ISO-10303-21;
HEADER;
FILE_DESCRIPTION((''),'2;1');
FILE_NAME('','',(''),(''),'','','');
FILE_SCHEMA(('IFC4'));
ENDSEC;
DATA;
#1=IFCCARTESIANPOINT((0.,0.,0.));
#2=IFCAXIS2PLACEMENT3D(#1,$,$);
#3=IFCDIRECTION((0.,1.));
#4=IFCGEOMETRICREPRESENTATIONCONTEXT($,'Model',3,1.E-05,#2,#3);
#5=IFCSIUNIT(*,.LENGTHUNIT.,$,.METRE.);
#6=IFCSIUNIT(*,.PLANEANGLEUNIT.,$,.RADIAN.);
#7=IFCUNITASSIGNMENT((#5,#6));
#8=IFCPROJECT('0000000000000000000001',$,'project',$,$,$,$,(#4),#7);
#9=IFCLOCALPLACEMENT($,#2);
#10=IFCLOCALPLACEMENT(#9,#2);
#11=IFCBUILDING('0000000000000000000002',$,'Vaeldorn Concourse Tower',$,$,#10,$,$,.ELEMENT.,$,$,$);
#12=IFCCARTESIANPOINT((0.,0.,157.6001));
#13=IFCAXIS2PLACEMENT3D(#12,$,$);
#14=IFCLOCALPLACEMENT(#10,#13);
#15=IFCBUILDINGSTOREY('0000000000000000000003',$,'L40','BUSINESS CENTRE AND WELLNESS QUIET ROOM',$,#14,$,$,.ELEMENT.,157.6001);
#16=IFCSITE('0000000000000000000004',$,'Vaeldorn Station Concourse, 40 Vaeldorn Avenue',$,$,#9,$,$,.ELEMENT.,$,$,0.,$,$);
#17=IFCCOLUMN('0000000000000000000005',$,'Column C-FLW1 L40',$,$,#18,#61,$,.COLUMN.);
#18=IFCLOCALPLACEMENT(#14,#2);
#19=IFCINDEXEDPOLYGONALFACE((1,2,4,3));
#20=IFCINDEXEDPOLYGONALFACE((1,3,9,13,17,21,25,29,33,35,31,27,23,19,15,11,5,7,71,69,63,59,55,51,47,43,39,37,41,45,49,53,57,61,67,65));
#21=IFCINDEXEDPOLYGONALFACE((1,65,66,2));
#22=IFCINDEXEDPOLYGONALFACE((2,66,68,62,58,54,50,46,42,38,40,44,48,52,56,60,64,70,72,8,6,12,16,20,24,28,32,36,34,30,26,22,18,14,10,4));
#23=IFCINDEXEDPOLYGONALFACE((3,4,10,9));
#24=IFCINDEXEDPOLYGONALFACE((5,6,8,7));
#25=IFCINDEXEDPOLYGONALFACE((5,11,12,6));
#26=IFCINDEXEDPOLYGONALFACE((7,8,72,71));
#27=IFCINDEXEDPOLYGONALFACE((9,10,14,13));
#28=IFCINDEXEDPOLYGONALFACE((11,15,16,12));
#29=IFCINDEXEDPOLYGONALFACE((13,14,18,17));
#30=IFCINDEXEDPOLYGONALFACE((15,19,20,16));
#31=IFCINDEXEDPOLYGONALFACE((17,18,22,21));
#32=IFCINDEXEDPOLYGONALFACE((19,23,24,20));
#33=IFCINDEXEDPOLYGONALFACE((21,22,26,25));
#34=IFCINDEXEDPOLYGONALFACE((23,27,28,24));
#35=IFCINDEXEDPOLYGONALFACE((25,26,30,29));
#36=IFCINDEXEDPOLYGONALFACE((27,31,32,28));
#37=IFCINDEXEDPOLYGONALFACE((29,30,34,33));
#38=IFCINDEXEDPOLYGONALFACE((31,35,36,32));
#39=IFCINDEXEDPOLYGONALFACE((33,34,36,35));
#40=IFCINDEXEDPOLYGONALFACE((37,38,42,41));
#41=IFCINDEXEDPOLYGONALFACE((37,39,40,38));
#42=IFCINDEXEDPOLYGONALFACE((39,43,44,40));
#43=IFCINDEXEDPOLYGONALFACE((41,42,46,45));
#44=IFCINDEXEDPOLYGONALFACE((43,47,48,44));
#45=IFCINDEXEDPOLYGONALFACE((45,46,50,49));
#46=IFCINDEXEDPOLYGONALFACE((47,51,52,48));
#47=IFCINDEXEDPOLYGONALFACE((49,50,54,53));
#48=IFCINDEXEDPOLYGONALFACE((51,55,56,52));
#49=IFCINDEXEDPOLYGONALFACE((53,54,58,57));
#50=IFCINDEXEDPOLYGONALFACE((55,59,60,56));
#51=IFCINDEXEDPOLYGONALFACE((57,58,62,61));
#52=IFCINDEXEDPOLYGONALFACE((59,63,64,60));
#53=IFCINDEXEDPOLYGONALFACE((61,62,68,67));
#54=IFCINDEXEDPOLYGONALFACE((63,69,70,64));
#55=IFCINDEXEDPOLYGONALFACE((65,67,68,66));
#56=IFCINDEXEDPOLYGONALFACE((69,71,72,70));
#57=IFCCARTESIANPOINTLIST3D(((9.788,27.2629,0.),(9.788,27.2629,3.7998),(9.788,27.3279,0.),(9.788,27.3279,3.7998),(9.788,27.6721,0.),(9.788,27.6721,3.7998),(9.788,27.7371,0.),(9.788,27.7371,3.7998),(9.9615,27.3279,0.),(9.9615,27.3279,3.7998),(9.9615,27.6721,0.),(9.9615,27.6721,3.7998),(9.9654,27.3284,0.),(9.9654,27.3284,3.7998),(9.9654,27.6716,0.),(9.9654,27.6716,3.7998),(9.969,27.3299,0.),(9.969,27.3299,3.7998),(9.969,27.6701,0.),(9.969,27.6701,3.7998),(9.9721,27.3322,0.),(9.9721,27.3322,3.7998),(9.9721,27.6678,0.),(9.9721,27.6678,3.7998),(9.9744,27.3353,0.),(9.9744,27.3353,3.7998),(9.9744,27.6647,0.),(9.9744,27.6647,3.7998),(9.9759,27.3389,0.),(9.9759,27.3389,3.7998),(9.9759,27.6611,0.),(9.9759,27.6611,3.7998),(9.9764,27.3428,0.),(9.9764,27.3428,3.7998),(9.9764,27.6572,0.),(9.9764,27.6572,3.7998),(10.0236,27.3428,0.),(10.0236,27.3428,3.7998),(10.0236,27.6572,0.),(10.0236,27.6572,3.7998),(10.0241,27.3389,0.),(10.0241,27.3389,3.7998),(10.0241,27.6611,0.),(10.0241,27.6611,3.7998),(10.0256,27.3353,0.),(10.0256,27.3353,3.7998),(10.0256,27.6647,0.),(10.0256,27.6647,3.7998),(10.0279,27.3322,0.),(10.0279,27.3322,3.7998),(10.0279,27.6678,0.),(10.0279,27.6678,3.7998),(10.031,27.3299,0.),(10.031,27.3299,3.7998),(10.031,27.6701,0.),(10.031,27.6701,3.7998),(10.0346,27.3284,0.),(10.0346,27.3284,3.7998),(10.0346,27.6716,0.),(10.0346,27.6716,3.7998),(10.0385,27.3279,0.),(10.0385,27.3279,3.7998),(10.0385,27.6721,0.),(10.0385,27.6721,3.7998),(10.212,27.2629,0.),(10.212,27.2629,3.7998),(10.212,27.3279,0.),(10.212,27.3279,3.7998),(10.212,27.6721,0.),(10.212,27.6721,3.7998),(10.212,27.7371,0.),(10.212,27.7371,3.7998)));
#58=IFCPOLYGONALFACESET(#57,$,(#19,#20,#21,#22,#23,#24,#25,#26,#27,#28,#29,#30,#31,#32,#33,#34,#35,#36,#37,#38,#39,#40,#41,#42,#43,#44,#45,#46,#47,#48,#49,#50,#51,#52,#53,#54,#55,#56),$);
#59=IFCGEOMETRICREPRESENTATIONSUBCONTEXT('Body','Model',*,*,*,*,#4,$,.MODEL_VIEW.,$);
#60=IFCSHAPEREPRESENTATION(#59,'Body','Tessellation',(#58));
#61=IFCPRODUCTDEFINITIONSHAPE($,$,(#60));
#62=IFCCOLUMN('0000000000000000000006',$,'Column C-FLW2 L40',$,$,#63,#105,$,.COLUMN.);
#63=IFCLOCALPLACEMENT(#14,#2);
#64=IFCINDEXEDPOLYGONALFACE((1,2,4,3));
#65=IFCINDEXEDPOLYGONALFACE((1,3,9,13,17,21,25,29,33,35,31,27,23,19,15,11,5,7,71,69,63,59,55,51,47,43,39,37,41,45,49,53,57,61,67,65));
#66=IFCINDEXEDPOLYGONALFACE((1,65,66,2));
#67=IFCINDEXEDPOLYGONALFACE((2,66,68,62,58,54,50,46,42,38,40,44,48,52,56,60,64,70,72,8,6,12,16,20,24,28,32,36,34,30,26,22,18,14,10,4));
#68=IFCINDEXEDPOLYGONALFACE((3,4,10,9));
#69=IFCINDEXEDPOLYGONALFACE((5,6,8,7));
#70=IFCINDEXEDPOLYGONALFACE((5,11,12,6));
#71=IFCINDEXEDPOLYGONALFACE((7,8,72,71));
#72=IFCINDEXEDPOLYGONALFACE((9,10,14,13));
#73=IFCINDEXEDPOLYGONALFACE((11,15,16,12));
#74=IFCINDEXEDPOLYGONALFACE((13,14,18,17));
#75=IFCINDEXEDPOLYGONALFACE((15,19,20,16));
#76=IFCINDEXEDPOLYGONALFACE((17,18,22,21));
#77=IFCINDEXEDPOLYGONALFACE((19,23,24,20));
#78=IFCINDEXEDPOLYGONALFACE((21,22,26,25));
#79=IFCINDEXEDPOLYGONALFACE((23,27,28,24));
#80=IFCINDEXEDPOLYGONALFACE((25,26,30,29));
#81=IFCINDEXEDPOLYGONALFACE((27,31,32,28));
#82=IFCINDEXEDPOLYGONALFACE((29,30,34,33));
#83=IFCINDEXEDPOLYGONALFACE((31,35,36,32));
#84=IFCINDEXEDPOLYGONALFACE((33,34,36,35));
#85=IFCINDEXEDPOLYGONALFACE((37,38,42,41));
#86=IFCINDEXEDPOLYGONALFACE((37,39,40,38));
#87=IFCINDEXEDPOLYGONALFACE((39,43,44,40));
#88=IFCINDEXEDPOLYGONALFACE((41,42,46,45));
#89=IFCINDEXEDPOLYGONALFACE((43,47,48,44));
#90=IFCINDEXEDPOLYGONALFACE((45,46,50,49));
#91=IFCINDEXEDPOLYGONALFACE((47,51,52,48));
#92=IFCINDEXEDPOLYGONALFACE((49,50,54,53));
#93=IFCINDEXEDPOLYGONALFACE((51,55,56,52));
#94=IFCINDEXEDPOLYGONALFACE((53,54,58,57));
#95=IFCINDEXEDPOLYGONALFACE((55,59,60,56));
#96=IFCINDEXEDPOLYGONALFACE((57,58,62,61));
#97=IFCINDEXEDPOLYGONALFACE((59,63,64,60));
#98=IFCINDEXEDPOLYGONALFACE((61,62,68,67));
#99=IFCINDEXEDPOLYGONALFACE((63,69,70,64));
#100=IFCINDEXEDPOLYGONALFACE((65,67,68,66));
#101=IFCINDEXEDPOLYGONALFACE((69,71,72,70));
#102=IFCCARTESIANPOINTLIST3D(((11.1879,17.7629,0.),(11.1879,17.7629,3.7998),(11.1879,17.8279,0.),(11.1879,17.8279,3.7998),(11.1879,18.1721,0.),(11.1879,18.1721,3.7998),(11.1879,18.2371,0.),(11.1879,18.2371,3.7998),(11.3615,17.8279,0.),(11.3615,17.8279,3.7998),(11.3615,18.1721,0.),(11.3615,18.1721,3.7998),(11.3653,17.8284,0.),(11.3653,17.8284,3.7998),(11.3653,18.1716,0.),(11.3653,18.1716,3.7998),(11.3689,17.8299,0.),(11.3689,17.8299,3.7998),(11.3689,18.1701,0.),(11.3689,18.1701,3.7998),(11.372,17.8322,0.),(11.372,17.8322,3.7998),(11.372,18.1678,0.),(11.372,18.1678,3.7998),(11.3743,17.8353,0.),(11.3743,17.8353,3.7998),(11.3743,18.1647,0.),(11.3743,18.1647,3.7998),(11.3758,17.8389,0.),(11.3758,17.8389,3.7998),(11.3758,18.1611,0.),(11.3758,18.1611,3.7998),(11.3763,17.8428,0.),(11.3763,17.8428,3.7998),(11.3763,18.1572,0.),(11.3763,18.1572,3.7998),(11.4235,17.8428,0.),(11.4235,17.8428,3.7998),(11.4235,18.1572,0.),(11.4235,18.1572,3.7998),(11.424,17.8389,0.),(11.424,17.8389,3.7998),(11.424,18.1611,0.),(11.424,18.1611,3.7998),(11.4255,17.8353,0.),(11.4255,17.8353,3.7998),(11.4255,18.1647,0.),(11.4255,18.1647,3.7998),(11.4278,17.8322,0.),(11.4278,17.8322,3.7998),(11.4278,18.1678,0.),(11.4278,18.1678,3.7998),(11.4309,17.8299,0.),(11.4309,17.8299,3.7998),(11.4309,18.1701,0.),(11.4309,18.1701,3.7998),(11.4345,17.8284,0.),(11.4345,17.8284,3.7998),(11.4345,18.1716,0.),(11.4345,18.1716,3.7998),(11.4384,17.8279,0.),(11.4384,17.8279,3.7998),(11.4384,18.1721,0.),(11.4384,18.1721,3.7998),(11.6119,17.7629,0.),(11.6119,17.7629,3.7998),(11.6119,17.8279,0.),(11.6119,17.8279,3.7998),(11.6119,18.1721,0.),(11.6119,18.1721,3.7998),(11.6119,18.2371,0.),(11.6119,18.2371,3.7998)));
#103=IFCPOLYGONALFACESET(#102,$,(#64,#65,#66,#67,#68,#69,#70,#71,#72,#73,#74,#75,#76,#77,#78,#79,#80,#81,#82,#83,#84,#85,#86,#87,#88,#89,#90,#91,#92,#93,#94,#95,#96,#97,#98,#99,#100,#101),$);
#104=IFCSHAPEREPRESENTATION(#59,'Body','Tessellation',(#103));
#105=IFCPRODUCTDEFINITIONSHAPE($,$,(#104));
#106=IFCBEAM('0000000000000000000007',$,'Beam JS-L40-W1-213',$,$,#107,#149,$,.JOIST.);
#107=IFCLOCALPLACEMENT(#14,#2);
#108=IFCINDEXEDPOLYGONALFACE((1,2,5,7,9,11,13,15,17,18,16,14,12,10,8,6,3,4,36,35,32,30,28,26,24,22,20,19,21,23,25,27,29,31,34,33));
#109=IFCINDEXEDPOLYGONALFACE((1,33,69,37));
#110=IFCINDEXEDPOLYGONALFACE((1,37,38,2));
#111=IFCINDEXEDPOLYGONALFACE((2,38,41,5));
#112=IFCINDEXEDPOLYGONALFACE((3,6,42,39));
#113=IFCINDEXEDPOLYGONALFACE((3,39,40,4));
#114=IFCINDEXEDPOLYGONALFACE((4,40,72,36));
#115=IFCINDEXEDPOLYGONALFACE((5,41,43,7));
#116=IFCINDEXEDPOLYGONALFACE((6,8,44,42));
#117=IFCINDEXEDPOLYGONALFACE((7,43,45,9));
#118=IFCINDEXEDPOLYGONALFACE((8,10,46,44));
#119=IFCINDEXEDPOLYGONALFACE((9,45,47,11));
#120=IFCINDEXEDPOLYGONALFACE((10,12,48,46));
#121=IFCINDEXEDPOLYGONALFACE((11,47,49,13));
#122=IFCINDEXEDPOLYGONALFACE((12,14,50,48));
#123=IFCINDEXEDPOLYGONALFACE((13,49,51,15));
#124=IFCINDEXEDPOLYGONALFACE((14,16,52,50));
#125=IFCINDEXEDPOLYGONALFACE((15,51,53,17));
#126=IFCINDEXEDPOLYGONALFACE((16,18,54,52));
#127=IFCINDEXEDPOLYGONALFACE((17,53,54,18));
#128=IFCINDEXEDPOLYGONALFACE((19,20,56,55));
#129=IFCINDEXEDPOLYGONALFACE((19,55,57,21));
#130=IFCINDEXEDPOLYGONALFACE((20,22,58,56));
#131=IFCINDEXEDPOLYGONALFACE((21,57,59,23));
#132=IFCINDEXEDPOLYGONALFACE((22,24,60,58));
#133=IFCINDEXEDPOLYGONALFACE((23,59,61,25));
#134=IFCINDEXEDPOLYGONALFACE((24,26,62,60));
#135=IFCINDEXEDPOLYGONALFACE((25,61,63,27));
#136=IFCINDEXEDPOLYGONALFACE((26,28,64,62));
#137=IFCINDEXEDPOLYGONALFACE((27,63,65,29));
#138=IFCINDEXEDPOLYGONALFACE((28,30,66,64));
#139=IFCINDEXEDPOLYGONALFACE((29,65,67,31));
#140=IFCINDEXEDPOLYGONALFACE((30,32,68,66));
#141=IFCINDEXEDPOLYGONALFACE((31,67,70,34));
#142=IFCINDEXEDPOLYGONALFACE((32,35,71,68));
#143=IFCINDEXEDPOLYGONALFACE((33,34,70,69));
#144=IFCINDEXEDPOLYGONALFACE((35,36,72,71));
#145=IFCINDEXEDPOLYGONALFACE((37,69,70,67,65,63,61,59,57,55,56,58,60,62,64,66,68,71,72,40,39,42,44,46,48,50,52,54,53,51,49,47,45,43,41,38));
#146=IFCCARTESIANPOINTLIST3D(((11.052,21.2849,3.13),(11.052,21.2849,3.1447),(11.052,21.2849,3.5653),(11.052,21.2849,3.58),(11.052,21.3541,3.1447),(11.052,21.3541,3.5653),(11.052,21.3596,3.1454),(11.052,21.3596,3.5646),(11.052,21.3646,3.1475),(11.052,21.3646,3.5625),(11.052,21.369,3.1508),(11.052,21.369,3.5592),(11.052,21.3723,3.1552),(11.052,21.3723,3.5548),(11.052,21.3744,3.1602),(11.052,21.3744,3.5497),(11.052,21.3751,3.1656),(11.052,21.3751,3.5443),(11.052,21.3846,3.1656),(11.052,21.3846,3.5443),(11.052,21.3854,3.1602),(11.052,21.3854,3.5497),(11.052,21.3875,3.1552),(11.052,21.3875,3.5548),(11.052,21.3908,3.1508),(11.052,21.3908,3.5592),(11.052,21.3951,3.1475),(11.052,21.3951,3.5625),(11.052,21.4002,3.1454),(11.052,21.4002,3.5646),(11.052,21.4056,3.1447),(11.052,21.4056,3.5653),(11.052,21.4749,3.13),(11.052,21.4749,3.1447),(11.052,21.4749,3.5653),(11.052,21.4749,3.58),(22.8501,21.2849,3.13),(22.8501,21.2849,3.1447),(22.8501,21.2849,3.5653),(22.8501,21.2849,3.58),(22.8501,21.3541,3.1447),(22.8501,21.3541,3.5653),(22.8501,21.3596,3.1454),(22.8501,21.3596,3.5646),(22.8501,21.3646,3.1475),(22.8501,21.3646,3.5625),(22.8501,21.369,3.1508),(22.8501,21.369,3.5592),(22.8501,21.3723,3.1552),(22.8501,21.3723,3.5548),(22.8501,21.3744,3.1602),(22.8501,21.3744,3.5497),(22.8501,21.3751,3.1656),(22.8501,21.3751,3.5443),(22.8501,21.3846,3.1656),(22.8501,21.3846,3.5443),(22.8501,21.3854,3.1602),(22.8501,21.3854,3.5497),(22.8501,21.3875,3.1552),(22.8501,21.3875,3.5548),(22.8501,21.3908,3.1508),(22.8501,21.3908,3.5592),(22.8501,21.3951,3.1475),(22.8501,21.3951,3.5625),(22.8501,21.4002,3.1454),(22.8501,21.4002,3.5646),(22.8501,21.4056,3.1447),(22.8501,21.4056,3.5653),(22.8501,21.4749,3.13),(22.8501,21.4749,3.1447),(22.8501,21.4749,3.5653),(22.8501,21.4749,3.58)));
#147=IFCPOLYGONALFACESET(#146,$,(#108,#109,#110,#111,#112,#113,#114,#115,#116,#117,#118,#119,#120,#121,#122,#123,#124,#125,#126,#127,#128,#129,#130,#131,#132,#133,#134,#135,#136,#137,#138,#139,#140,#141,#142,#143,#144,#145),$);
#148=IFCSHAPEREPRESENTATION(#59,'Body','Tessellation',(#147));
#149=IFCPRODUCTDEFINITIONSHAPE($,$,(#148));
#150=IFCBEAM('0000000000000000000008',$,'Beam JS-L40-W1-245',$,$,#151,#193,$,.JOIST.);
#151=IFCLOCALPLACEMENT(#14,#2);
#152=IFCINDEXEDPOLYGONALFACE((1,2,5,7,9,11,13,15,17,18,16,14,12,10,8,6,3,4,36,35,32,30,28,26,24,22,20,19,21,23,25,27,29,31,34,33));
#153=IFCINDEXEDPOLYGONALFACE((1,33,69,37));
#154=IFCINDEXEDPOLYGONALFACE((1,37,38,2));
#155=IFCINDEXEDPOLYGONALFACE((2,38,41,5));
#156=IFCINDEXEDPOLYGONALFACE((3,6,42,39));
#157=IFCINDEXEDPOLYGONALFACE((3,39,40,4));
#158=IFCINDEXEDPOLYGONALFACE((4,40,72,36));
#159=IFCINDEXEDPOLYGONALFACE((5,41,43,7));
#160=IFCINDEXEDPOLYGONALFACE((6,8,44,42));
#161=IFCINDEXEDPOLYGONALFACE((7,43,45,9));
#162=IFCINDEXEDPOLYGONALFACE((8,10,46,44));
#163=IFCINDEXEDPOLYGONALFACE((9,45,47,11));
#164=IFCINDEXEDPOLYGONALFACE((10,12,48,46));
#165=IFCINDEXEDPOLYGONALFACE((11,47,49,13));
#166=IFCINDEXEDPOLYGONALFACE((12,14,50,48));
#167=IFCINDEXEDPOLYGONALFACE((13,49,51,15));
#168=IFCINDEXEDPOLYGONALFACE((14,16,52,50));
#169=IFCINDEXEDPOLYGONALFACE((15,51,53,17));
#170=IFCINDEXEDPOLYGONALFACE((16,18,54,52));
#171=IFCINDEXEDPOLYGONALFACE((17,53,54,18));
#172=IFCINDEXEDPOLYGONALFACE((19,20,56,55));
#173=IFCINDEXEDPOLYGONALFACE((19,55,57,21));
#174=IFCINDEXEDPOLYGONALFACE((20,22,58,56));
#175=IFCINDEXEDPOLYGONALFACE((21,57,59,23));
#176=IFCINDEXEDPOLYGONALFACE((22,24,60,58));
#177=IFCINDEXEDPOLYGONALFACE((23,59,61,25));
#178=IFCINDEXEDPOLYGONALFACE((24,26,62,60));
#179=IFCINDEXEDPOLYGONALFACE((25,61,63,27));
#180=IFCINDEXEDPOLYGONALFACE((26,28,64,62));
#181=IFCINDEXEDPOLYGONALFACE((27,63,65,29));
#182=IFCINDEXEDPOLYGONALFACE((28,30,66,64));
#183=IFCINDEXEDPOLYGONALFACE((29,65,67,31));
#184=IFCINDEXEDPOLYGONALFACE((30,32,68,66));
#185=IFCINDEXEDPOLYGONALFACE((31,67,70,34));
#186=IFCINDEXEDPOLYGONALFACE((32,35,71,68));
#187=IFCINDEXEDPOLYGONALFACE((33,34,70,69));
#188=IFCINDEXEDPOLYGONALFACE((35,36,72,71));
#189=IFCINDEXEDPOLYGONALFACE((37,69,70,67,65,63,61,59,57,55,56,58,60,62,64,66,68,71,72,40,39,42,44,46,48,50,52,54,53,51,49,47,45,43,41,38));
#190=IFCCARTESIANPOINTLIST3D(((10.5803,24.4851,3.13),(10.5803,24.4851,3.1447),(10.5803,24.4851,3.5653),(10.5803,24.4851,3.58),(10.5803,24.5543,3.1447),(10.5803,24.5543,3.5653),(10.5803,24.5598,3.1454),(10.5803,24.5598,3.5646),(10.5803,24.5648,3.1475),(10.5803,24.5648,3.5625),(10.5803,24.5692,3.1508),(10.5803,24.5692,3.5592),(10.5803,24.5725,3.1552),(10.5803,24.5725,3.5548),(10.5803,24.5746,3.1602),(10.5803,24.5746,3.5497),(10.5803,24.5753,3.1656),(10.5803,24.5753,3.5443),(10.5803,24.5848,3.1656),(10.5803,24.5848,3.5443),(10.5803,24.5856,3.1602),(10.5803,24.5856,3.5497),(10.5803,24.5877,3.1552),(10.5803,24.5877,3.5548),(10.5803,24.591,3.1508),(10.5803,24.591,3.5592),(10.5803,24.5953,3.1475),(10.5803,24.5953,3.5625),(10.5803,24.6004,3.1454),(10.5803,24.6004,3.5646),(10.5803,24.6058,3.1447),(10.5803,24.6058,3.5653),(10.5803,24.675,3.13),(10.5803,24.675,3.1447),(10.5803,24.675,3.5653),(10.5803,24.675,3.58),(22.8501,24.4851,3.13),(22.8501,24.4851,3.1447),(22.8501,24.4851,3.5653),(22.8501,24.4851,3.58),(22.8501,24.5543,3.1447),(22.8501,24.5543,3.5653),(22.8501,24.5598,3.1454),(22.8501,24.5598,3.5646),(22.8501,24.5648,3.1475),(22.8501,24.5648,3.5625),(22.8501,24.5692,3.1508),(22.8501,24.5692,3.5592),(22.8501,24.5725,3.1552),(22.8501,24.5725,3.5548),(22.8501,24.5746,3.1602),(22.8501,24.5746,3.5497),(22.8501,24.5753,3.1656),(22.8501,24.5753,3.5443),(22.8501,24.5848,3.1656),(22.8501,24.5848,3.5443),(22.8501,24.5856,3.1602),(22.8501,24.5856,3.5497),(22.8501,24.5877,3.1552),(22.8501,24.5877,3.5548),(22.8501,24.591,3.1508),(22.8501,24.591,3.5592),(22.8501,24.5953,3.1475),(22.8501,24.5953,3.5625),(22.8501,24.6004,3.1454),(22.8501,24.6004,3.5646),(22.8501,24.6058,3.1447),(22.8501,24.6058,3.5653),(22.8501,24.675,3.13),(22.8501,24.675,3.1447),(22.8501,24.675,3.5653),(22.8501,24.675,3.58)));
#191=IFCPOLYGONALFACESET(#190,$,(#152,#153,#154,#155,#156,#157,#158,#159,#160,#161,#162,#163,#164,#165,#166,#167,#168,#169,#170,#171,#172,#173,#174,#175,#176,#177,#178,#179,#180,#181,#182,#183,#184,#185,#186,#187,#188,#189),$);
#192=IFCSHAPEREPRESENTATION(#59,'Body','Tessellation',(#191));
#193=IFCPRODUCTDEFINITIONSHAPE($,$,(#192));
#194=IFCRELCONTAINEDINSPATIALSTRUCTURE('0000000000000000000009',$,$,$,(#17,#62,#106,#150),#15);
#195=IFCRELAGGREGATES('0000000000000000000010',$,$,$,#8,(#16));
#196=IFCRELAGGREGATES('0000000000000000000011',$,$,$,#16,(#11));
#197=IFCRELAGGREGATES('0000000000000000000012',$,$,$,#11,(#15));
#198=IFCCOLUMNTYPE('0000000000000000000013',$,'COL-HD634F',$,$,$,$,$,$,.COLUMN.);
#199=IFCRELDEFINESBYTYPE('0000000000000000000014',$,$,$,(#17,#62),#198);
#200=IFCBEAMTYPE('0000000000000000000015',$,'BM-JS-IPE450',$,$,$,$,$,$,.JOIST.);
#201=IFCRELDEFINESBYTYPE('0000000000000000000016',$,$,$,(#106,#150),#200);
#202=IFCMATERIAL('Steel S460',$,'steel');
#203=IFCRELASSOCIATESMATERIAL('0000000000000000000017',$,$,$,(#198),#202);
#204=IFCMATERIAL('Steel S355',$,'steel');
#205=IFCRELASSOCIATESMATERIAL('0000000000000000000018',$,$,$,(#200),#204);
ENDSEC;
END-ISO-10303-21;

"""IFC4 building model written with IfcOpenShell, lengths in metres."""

from ifc_helpers import new_model, si_unit, direction, frame, origin, origin_2d, place, context, subcontext, project, spatial, i_section, extrude, source, transform, mapped, material, material_profile, profile_set, type_object, element, save


model = new_model("IFC4")

# Units and contexts
model_context = context("Model", 3, precision=1e-05, world=origin(), true_north=direction((0.0, 1.0)))
body_context = subcontext(model_context, "Body", "Model", "MODEL_VIEW")
ifc_project = project(units=[si_unit("LENGTHUNIT", "METRE"), si_unit("PLANEANGLEUNIT", "RADIAN")], contexts=[model_context])

# Site, building, storey
site_placement = place(None, origin())
site = spatial("IfcSite", under=ifc_project, at=site_placement, Name="Vaeldorn Station Concourse, 40 Vaeldorn Avenue", CompositionType="ELEMENT", RefElevation=0.0)
building_placement = place(site_placement, origin())
building = spatial("IfcBuilding", under=site, at=building_placement, Name="Vaeldorn Concourse Tower", CompositionType="ELEMENT")
storey_placement = place(building_placement, frame((0.0, 0.0, 157.6001)))
storey = spatial("IfcBuildingStorey", under=building, at=storey_placement, Name="L40", Description="BUSINESS CENTRE AND WELLNESS QUIET ROOM", CompositionType="ELEMENT", Elevation=157.6001)

# Columns
ifc_material_1 = material(Name="Steel S460", Category="steel")
ifc_material_profile_1 = material_profile(ifc_material_1, i_section(OverallWidth=0.4241, OverallDepth=0.4741, WebThickness=0.0471, FlangeThickness=0.0649, FilletRadius=0.0149, at=origin_2d()), Name="HD 400x634")
ifc_profile_set_1 = profile_set([ifc_material_profile_1], Name="Steel S460")
column_type = type_object("IfcColumnType", Name="COL-HD634F", PredefinedType="COLUMN", material=ifc_profile_set_1)
shared_shape_1 = source(origin(), body_context, "Body", "SweptSolid", [
    extrude(i_section(OverallWidth=0.4241, OverallDepth=0.4741, WebThickness=0.0471, FlangeThickness=0.0649, FilletRadius=0.0149, at=origin_2d()), origin(), (0.0, 0.0, 1.0), 3.7998),
])
for number, where, z_axis, x_axis, name in (
    (1, (10.0, 27.5, 0.0), (0.0, 0.0, 1.0), (1.0, 0.0, 0.0), "Column C-FLW1 L40"),
    (2, (11.3999, 18.0, 0.0), (0.0, 0.0, 1.0), (1.0, 0.0, 0.0), "Column C-FLW2 L40"),
):
    element("IfcColumn", number, at=place(storey_placement, frame(where, z_axis=z_axis, x_axis=x_axis)), inside=storey, type_object=column_type, Name=name, PredefinedType="COLUMN", context=body_context, shape_type="MappedRepresentation", body=[
        mapped(shared_shape_1, transform((0.0, 0.0, 0.0), scale=1.0)),
    ])

# Beams
ifc_material_2 = material(Name="Steel S355", Category="steel")
ifc_material_profile_2 = material_profile(ifc_material_2, i_section(OverallWidth=0.1899, OverallDepth=0.45, WebThickness=0.0095, FlangeThickness=0.0146, FilletRadius=0.021, at=origin_2d()), Name="IPE 450")
ifc_profile_set_2 = profile_set([ifc_material_profile_2], Name="Steel S355")
beam_type_1 = type_object("IfcBeamType", Name="BM-JS-IPE450", PredefinedType="JOIST", material=ifc_profile_set_2)
shared_shape_2 = source(origin(), body_context, "Body", "SweptSolid", [
    extrude(i_section(OverallWidth=0.1899, OverallDepth=0.45, WebThickness=0.0095, FlangeThickness=0.0146, FilletRadius=0.021, at=origin_2d()), origin(), (0.0, 0.0, 1.0), 11.7981),
])
beam_1_placement = place(storey_placement, frame((11.052, 21.3799, 3.355), z_axis=(1.0, 0.0, 0.0), x_axis=(0.0, 1.0, 0.0)))
element("IfcBeam", 3, at=beam_1_placement, inside=storey, type_object=beam_type_1, Name="Beam JS-L40-W1-213", PredefinedType="JOIST", context=body_context, shape_type="MappedRepresentation", body=[
    mapped(shared_shape_2, transform((0.0, 0.0, 0.0), scale=1.0)),
])
shared_shape_3 = source(origin(), body_context, "Body", "SweptSolid", [
    extrude(i_section(OverallWidth=0.1899, OverallDepth=0.45, WebThickness=0.0095, FlangeThickness=0.0146, FilletRadius=0.021, at=origin_2d()), origin(), (0.0, 0.0, 1.0), 12.2698),
])
beam_2_placement = place(storey_placement, frame((10.5803, 24.5801, 3.355), z_axis=(1.0, 0.0, 0.0), x_axis=(0.0, 1.0, 0.0)))
element("IfcBeam", 4, at=beam_2_placement, inside=storey, type_object=beam_type_1, Name="Beam JS-L40-W1-245", PredefinedType="JOIST", context=body_context, shape_type="MappedRepresentation", body=[
    mapped(shared_shape_3, transform((0.0, 0.0, 0.0), scale=1.0)),
])

save(model, "model.ifc")
